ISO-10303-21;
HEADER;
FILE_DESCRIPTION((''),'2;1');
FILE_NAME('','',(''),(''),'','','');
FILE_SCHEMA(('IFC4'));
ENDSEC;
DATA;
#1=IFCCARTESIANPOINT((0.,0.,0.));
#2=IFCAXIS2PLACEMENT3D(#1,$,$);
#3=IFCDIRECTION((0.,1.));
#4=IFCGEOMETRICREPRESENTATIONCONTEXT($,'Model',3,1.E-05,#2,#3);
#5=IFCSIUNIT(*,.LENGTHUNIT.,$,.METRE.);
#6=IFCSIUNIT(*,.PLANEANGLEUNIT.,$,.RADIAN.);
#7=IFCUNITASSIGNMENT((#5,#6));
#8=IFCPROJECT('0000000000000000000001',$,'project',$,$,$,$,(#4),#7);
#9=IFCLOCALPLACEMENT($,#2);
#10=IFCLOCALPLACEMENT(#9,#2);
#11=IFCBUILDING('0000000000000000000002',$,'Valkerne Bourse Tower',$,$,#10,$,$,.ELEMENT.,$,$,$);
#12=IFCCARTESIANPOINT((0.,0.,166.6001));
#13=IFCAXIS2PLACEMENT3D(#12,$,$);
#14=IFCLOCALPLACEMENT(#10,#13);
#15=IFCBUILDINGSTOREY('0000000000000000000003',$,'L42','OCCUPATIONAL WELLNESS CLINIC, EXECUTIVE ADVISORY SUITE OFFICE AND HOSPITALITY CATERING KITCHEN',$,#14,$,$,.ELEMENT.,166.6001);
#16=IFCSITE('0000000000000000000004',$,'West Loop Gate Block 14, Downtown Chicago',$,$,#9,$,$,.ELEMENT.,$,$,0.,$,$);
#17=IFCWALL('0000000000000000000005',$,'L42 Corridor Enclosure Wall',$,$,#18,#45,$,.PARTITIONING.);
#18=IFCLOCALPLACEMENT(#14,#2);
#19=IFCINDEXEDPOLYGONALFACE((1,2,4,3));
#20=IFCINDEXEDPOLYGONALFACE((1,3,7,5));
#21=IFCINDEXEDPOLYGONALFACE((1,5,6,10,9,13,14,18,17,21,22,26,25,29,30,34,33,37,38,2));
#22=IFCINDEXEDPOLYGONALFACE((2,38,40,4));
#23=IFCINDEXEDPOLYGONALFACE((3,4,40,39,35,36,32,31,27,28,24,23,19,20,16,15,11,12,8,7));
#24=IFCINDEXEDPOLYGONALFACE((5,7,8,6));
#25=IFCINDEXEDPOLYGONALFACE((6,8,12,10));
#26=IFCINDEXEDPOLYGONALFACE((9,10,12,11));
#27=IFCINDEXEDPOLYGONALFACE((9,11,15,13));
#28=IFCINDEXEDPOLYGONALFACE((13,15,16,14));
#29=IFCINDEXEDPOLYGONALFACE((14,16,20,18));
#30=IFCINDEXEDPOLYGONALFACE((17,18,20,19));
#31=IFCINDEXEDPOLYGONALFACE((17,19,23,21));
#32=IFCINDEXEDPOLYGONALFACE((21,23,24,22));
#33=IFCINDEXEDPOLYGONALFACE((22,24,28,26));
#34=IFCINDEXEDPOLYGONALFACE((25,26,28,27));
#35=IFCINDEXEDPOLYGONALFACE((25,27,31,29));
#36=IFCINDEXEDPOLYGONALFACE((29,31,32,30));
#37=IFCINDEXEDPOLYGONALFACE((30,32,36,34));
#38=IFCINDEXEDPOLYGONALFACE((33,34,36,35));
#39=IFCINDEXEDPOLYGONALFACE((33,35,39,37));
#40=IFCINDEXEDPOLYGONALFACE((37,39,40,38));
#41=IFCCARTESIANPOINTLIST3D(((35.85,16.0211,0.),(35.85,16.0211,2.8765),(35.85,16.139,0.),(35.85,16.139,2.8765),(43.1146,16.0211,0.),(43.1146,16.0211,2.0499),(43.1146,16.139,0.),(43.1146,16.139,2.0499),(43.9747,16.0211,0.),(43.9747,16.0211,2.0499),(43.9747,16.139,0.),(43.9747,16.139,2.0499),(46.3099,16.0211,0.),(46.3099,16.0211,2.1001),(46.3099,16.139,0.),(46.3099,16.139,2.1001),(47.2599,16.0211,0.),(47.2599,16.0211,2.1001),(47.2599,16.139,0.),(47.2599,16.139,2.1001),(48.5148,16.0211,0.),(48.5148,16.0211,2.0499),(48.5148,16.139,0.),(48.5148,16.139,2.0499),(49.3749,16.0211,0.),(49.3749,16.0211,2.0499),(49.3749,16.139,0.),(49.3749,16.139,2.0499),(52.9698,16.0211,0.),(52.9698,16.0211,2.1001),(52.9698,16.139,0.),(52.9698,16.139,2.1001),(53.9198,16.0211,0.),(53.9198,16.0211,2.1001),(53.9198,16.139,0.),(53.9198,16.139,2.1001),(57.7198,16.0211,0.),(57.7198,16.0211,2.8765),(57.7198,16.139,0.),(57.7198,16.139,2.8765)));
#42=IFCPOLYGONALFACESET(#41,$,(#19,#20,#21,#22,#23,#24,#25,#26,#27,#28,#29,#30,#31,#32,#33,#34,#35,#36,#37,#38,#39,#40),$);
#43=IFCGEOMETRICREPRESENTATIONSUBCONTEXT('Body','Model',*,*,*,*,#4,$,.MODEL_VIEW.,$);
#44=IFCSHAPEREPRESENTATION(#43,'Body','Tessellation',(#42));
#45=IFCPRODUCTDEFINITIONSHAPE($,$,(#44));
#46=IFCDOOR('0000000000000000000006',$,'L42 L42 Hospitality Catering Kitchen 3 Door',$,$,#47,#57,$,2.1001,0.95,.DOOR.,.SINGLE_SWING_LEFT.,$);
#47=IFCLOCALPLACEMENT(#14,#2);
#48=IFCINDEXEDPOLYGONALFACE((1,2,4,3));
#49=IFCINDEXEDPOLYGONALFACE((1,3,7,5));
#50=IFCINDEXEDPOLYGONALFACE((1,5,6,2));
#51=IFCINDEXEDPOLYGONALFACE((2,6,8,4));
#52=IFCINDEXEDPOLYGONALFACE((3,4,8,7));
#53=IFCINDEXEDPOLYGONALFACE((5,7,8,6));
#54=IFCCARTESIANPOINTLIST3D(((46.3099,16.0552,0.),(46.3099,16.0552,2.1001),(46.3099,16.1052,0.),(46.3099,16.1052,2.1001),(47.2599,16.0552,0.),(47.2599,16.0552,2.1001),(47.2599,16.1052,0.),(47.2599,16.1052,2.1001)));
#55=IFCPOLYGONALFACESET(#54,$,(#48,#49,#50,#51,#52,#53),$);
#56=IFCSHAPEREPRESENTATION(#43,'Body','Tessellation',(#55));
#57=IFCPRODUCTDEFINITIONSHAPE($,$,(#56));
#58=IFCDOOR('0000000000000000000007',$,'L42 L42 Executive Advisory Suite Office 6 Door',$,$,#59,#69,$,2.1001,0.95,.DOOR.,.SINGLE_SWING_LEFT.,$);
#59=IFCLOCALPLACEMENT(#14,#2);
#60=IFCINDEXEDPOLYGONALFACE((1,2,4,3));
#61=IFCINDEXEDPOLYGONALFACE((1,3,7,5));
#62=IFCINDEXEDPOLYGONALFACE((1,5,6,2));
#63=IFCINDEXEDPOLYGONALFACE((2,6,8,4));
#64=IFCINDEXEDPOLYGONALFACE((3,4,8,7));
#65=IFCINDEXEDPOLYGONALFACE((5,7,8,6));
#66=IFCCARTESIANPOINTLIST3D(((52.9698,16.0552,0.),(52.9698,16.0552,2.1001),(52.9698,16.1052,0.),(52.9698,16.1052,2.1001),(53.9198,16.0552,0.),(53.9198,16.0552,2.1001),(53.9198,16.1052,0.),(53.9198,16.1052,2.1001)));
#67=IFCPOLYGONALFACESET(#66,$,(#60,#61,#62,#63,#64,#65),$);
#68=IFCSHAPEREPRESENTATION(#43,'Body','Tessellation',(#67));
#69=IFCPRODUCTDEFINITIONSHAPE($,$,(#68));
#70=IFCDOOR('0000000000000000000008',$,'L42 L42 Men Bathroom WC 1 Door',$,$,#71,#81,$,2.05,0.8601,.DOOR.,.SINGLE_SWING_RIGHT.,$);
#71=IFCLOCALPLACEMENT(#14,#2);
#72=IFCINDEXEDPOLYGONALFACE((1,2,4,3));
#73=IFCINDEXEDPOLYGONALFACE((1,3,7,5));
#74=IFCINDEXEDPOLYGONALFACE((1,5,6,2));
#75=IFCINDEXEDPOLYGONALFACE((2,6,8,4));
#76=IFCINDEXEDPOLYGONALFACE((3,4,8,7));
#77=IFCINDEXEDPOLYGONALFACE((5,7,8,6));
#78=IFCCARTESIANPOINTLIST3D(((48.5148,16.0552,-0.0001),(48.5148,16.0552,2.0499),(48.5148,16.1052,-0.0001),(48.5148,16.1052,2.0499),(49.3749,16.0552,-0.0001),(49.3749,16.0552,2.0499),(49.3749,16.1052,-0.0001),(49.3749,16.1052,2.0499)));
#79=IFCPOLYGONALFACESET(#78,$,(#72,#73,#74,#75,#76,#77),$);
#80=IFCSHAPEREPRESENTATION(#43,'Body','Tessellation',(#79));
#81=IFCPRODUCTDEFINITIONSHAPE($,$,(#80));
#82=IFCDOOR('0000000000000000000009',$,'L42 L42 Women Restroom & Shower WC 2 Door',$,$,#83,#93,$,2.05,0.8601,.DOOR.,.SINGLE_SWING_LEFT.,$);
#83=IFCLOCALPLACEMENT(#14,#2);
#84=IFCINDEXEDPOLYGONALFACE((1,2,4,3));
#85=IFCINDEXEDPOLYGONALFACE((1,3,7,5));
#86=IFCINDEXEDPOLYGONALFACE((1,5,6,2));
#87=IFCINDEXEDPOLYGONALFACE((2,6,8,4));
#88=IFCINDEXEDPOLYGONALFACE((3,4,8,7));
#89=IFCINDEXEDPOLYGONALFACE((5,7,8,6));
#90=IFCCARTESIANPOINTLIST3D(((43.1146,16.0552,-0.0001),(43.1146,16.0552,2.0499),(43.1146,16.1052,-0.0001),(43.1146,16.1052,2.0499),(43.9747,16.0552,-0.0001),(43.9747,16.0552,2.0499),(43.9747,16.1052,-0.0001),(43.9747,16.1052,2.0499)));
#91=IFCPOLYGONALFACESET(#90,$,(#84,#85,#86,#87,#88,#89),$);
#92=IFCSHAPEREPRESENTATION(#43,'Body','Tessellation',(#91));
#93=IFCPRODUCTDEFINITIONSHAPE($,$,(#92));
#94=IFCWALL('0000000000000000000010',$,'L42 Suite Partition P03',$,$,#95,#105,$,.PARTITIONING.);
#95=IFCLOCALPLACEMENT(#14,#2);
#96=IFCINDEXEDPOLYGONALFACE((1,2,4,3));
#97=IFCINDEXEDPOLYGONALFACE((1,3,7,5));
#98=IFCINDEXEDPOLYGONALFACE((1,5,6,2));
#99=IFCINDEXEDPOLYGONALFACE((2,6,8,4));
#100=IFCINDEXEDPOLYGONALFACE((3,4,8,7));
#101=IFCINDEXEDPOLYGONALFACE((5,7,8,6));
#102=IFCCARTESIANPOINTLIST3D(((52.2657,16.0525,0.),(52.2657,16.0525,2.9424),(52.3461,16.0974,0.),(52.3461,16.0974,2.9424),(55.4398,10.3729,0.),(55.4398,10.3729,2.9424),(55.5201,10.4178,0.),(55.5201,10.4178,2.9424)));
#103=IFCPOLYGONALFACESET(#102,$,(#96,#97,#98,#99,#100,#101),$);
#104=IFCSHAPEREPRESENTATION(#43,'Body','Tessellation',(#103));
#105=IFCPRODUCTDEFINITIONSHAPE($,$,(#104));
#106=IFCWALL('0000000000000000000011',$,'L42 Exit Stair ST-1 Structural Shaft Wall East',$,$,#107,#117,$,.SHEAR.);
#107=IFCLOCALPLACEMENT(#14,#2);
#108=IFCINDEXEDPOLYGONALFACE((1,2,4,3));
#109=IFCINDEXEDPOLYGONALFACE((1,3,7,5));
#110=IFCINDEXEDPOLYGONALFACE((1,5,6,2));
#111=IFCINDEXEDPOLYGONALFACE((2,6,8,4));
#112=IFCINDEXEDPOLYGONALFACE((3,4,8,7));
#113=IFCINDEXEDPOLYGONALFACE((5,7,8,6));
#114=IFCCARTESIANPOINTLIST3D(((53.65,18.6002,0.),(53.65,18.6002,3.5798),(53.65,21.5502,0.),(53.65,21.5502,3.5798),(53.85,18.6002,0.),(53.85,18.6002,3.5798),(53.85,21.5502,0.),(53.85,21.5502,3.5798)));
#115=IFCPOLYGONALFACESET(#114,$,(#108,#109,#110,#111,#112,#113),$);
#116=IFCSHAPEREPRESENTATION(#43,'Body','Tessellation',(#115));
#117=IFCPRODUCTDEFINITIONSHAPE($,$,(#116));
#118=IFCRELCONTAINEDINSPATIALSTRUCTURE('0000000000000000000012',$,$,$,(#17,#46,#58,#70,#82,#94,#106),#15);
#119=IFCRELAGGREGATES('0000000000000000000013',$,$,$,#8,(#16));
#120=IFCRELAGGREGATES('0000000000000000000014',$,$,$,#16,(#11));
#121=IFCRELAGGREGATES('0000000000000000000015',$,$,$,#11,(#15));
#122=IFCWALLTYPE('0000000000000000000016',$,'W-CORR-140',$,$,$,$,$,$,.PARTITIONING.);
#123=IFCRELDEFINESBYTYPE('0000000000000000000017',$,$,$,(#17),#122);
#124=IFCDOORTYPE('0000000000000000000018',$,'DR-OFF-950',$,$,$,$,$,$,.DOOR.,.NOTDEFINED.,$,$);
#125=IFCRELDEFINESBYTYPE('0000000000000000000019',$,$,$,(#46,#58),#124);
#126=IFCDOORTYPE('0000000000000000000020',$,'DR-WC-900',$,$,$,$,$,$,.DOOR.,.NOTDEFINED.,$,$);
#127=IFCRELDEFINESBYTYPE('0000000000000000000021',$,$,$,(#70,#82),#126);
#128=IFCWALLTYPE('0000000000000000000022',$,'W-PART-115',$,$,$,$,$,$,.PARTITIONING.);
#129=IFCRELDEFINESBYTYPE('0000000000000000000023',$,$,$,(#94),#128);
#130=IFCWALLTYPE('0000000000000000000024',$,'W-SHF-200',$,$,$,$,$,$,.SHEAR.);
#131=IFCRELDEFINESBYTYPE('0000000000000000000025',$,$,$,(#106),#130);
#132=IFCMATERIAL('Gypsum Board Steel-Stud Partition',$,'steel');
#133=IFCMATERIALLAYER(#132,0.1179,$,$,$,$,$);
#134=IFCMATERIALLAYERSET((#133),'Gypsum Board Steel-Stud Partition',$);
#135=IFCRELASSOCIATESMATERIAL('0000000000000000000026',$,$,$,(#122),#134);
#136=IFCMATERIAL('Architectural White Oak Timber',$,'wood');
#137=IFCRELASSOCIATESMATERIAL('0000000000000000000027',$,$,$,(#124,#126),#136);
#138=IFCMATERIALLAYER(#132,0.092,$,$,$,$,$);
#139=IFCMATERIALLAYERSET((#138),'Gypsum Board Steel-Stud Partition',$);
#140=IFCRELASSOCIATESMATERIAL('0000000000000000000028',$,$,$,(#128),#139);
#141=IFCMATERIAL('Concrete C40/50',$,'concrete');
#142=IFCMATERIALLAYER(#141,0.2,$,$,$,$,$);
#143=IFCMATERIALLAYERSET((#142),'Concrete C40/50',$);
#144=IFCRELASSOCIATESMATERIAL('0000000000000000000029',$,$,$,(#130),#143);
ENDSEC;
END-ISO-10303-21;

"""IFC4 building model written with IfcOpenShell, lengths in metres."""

from ifc_helpers import new_model, si_unit, direction, frame, frame_2d, origin, place, context, subcontext, project, spatial, rectangle, extrude, material, layer, layer_set, type_object, element, fill, save


model = new_model("IFC4")

# Units and contexts
model_context = context("Model", 3, precision=1e-05, world=origin(), true_north=direction((0.0, 1.0)))
body_context = subcontext(model_context, "Body", "Model", "MODEL_VIEW")
ifc_project = project(units=[si_unit("LENGTHUNIT", "METRE"), si_unit("PLANEANGLEUNIT", "RADIAN")], contexts=[model_context])

# Site, building, storey
site_placement = place(None, origin())
site = spatial("IfcSite", under=ifc_project, at=site_placement, Name="West Loop Gate Block 14, Downtown Chicago", CompositionType="ELEMENT", RefElevation=0.0)
building_placement = place(site_placement, origin())
building = spatial("IfcBuilding", under=site, at=building_placement, Name="Valkerne Bourse Tower", CompositionType="ELEMENT")
storey_placement = place(building_placement, frame((0.0, 0.0, 166.6001)))
storey = spatial("IfcBuildingStorey", under=building, at=storey_placement, Name="L42", Description="OCCUPATIONAL WELLNESS CLINIC, EXECUTIVE ADVISORY SUITE OFFICE AND HOSPITALITY CATERING KITCHEN", CompositionType="ELEMENT", Elevation=166.6001)

# Wall, openings, doors
ifc_material_1 = material(Name="Gypsum Board Steel-Stud Partition", Category="steel")
ifc_layer_1 = layer(ifc_material_1, 0.1179)
ifc_layer_set_1 = layer_set([ifc_layer_1], Name="Gypsum Board Steel-Stud Partition")
wall_type_1 = type_object("IfcWallType", Name="W-CORR-140", PredefinedType="PARTITIONING", material=ifc_layer_set_1)
wall_1_placement = place(storey_placement, frame((57.72, 16.0801, 0.0), z_axis=(0.0, 0.0, 1.0), x_axis=(-1.0, 0.0, 0.0)))
wall_1 = element("IfcWall", 1, at=wall_1_placement, inside=storey, type_object=wall_type_1, Name="L42 Corridor Enclosure Wall", PredefinedType="PARTITIONING", context=body_context, shape_type="SweptSolid", body=[
    extrude(rectangle(XDim=21.8699, YDim=0.1179, at=frame_2d((10.9351, 0.0))), origin(), (0.0, 0.0, 1.0), 2.8765),
])
opening_1_placement = place(wall_1_placement, frame((8.345, 0.0, 0.0)))
opening_1 = element("IfcOpeningElement", 2, at=opening_1_placement, cuts=wall_1, PredefinedType="OPENING", context=body_context, shape_type="SweptSolid", body=[
    extrude(rectangle(XDim=0.8601, YDim=2.05, at=frame_2d((0.4302, 1.0249))), frame((0.0, 0.0688, 0.0), z_axis=(0.0, -1.0, 0.0), x_axis=(1.0, 0.0, 0.0)), (0.0, 0.0, 1.0), 0.1379),
])
opening_2_placement = place(wall_1_placement, frame((13.7451, 0.0, 0.0)))
opening_2 = element("IfcOpeningElement", 3, at=opening_2_placement, cuts=wall_1, PredefinedType="OPENING", context=body_context, shape_type="SweptSolid", body=[
    extrude(rectangle(XDim=0.8601, YDim=2.05, at=frame_2d((0.4302, 1.0249))), frame((0.0, 0.0688, 0.0), z_axis=(0.0, -1.0, 0.0), x_axis=(1.0, 0.0, 0.0)), (0.0, 0.0, 1.0), 0.1379),
])
opening_3_placement = place(wall_1_placement, frame((10.46, 0.0, 0.0)))
opening_3 = element("IfcOpeningElement", 4, at=opening_3_placement, cuts=wall_1, PredefinedType="OPENING", context=body_context, shape_type="SweptSolid", body=[
    extrude(rectangle(XDim=0.95, YDim=2.1001, at=frame_2d((0.4751, 1.05))), frame((0.0, 0.0688, 0.0), z_axis=(0.0, -1.0, 0.0), x_axis=(1.0, 0.0, 0.0)), (0.0, 0.0, 1.0), 0.1379),
])
opening_4_placement = place(wall_1_placement, frame((3.8, 0.0, 0.0)))
opening_4 = element("IfcOpeningElement", 5, at=opening_4_placement, cuts=wall_1, PredefinedType="OPENING", context=body_context, shape_type="SweptSolid", body=[
    extrude(rectangle(XDim=0.95, YDim=2.1001, at=frame_2d((0.4751, 1.05))), frame((0.0, 0.0688, 0.0), z_axis=(0.0, -1.0, 0.0), x_axis=(1.0, 0.0, 0.0)), (0.0, 0.0, 1.0), 0.1379),
])
ifc_material_2 = material(Name="Architectural White Oak Timber", Category="wood")
door_type_1 = type_object("IfcDoorType", Name="DR-OFF-950", OperationType="NOTDEFINED", PredefinedType="DOOR", material=ifc_material_2)
door_1_placement = place(opening_3_placement, origin())
door_1 = element("IfcDoor", 6, at=door_1_placement, inside=storey, type_object=door_type_1, Name="L42 L42 Hospitality Catering Kitchen 3 Door", OperationType="SINGLE_SWING_LEFT", OverallHeight=2.1001, OverallWidth=0.95, PredefinedType="DOOR", context=body_context, shape_type="SweptSolid", body=[
    extrude(rectangle(XDim=0.95, YDim=2.1001, at=frame_2d((0.4751, 1.05))), frame((0.0, 0.0249, 0.0), z_axis=(0.0, -1.0, 0.0), x_axis=(1.0, 0.0, 0.0)), (0.0, 0.0, 1.0), 0.05),
])
fill(opening_3, door_1)
door_2_placement = place(opening_4_placement, origin())
door_2 = element("IfcDoor", 7, at=door_2_placement, inside=storey, type_object=door_type_1, Name="L42 L42 Executive Advisory Suite Office 6 Door", OperationType="SINGLE_SWING_LEFT", OverallHeight=2.1001, OverallWidth=0.95, PredefinedType="DOOR", context=body_context, shape_type="SweptSolid", body=[
    extrude(rectangle(XDim=0.95, YDim=2.1001, at=frame_2d((0.4751, 1.05))), frame((0.0, 0.0249, 0.0), z_axis=(0.0, -1.0, 0.0), x_axis=(1.0, 0.0, 0.0)), (0.0, 0.0, 1.0), 0.05),
])
fill(opening_4, door_2)
door_type_2 = type_object("IfcDoorType", Name="DR-WC-900", OperationType="NOTDEFINED", PredefinedType="DOOR", material=ifc_material_2)
door_3_placement = place(opening_1_placement, origin())
door_3 = element("IfcDoor", 8, at=door_3_placement, inside=storey, type_object=door_type_2, Name="L42 L42 Men Bathroom WC 1 Door", OperationType="SINGLE_SWING_RIGHT", OverallHeight=2.05, OverallWidth=0.8601, PredefinedType="DOOR", context=body_context, shape_type="SweptSolid", body=[
    extrude(rectangle(XDim=0.8601, YDim=2.05, at=frame_2d((0.4302, 1.0249))), frame((0.0, 0.0249, 0.0), z_axis=(0.0, -1.0, 0.0), x_axis=(1.0, 0.0, 0.0)), (0.0, 0.0, 1.0), 0.05),
])
fill(opening_1, door_3)
door_4_placement = place(opening_2_placement, origin())
door_4 = element("IfcDoor", 9, at=door_4_placement, inside=storey, type_object=door_type_2, Name="L42 L42 Women Restroom & Shower WC 2 Door", OperationType="SINGLE_SWING_LEFT", OverallHeight=2.05, OverallWidth=0.8601, PredefinedType="DOOR", context=body_context, shape_type="SweptSolid", body=[
    extrude(rectangle(XDim=0.8601, YDim=2.05, at=frame_2d((0.4302, 1.0249))), frame((0.0, 0.0249, 0.0), z_axis=(0.0, -1.0, 0.0), x_axis=(1.0, 0.0, 0.0)), (0.0, 0.0, 1.0), 0.05),
])
fill(opening_2, door_4)

# Walls
ifc_layer_2 = layer(ifc_material_1, 0.092)
ifc_layer_set_2 = layer_set([ifc_layer_2], Name="Gypsum Board Steel-Stud Partition")
wall_type_2 = type_object("IfcWallType", Name="W-PART-115", PredefinedType="PARTITIONING", material=ifc_layer_set_2)
wall_2_placement = place(storey_placement, frame((52.3059, 16.075, 0.0), z_axis=(0.0, 0.0, 1.0), x_axis=(0.487836, -0.872935, 0.0)))
element("IfcWall", 10, at=wall_2_placement, inside=storey, type_object=wall_type_2, Name="L42 Suite Partition P03", PredefinedType="PARTITIONING", context=body_context, shape_type="SweptSolid", body=[
    extrude(rectangle(XDim=6.5063, YDim=0.092, at=frame_2d((3.2532, 0.0))), origin(), (0.0, 0.0, 1.0), 2.9424),
])
ifc_material_3 = material(Name="Concrete C40/50", Category="concrete")
ifc_layer_3 = layer(ifc_material_3, 0.2)
ifc_layer_set_3 = layer_set([ifc_layer_3], Name="Concrete C40/50")
wall_type_3 = type_object("IfcWallType", Name="W-SHF-200", PredefinedType="SHEAR", material=ifc_layer_set_3)
wall_3_placement = place(storey_placement, frame((53.75, 18.6001, 0.0), z_axis=(0.0, 0.0, 1.0), x_axis=(0.0, 1.0, 0.0)))
element("IfcWall", 11, at=wall_3_placement, inside=storey, type_object=wall_type_3, Name="L42 Exit Stair ST-1 Structural Shaft Wall East", PredefinedType="SHEAR", context=body_context, shape_type="SweptSolid", body=[
    extrude(rectangle(XDim=2.95, YDim=0.2, at=frame_2d((1.4751, 0.0))), origin(), (0.0, 0.0, 1.0), 3.5798),
])

save(model, "model.ifc")
